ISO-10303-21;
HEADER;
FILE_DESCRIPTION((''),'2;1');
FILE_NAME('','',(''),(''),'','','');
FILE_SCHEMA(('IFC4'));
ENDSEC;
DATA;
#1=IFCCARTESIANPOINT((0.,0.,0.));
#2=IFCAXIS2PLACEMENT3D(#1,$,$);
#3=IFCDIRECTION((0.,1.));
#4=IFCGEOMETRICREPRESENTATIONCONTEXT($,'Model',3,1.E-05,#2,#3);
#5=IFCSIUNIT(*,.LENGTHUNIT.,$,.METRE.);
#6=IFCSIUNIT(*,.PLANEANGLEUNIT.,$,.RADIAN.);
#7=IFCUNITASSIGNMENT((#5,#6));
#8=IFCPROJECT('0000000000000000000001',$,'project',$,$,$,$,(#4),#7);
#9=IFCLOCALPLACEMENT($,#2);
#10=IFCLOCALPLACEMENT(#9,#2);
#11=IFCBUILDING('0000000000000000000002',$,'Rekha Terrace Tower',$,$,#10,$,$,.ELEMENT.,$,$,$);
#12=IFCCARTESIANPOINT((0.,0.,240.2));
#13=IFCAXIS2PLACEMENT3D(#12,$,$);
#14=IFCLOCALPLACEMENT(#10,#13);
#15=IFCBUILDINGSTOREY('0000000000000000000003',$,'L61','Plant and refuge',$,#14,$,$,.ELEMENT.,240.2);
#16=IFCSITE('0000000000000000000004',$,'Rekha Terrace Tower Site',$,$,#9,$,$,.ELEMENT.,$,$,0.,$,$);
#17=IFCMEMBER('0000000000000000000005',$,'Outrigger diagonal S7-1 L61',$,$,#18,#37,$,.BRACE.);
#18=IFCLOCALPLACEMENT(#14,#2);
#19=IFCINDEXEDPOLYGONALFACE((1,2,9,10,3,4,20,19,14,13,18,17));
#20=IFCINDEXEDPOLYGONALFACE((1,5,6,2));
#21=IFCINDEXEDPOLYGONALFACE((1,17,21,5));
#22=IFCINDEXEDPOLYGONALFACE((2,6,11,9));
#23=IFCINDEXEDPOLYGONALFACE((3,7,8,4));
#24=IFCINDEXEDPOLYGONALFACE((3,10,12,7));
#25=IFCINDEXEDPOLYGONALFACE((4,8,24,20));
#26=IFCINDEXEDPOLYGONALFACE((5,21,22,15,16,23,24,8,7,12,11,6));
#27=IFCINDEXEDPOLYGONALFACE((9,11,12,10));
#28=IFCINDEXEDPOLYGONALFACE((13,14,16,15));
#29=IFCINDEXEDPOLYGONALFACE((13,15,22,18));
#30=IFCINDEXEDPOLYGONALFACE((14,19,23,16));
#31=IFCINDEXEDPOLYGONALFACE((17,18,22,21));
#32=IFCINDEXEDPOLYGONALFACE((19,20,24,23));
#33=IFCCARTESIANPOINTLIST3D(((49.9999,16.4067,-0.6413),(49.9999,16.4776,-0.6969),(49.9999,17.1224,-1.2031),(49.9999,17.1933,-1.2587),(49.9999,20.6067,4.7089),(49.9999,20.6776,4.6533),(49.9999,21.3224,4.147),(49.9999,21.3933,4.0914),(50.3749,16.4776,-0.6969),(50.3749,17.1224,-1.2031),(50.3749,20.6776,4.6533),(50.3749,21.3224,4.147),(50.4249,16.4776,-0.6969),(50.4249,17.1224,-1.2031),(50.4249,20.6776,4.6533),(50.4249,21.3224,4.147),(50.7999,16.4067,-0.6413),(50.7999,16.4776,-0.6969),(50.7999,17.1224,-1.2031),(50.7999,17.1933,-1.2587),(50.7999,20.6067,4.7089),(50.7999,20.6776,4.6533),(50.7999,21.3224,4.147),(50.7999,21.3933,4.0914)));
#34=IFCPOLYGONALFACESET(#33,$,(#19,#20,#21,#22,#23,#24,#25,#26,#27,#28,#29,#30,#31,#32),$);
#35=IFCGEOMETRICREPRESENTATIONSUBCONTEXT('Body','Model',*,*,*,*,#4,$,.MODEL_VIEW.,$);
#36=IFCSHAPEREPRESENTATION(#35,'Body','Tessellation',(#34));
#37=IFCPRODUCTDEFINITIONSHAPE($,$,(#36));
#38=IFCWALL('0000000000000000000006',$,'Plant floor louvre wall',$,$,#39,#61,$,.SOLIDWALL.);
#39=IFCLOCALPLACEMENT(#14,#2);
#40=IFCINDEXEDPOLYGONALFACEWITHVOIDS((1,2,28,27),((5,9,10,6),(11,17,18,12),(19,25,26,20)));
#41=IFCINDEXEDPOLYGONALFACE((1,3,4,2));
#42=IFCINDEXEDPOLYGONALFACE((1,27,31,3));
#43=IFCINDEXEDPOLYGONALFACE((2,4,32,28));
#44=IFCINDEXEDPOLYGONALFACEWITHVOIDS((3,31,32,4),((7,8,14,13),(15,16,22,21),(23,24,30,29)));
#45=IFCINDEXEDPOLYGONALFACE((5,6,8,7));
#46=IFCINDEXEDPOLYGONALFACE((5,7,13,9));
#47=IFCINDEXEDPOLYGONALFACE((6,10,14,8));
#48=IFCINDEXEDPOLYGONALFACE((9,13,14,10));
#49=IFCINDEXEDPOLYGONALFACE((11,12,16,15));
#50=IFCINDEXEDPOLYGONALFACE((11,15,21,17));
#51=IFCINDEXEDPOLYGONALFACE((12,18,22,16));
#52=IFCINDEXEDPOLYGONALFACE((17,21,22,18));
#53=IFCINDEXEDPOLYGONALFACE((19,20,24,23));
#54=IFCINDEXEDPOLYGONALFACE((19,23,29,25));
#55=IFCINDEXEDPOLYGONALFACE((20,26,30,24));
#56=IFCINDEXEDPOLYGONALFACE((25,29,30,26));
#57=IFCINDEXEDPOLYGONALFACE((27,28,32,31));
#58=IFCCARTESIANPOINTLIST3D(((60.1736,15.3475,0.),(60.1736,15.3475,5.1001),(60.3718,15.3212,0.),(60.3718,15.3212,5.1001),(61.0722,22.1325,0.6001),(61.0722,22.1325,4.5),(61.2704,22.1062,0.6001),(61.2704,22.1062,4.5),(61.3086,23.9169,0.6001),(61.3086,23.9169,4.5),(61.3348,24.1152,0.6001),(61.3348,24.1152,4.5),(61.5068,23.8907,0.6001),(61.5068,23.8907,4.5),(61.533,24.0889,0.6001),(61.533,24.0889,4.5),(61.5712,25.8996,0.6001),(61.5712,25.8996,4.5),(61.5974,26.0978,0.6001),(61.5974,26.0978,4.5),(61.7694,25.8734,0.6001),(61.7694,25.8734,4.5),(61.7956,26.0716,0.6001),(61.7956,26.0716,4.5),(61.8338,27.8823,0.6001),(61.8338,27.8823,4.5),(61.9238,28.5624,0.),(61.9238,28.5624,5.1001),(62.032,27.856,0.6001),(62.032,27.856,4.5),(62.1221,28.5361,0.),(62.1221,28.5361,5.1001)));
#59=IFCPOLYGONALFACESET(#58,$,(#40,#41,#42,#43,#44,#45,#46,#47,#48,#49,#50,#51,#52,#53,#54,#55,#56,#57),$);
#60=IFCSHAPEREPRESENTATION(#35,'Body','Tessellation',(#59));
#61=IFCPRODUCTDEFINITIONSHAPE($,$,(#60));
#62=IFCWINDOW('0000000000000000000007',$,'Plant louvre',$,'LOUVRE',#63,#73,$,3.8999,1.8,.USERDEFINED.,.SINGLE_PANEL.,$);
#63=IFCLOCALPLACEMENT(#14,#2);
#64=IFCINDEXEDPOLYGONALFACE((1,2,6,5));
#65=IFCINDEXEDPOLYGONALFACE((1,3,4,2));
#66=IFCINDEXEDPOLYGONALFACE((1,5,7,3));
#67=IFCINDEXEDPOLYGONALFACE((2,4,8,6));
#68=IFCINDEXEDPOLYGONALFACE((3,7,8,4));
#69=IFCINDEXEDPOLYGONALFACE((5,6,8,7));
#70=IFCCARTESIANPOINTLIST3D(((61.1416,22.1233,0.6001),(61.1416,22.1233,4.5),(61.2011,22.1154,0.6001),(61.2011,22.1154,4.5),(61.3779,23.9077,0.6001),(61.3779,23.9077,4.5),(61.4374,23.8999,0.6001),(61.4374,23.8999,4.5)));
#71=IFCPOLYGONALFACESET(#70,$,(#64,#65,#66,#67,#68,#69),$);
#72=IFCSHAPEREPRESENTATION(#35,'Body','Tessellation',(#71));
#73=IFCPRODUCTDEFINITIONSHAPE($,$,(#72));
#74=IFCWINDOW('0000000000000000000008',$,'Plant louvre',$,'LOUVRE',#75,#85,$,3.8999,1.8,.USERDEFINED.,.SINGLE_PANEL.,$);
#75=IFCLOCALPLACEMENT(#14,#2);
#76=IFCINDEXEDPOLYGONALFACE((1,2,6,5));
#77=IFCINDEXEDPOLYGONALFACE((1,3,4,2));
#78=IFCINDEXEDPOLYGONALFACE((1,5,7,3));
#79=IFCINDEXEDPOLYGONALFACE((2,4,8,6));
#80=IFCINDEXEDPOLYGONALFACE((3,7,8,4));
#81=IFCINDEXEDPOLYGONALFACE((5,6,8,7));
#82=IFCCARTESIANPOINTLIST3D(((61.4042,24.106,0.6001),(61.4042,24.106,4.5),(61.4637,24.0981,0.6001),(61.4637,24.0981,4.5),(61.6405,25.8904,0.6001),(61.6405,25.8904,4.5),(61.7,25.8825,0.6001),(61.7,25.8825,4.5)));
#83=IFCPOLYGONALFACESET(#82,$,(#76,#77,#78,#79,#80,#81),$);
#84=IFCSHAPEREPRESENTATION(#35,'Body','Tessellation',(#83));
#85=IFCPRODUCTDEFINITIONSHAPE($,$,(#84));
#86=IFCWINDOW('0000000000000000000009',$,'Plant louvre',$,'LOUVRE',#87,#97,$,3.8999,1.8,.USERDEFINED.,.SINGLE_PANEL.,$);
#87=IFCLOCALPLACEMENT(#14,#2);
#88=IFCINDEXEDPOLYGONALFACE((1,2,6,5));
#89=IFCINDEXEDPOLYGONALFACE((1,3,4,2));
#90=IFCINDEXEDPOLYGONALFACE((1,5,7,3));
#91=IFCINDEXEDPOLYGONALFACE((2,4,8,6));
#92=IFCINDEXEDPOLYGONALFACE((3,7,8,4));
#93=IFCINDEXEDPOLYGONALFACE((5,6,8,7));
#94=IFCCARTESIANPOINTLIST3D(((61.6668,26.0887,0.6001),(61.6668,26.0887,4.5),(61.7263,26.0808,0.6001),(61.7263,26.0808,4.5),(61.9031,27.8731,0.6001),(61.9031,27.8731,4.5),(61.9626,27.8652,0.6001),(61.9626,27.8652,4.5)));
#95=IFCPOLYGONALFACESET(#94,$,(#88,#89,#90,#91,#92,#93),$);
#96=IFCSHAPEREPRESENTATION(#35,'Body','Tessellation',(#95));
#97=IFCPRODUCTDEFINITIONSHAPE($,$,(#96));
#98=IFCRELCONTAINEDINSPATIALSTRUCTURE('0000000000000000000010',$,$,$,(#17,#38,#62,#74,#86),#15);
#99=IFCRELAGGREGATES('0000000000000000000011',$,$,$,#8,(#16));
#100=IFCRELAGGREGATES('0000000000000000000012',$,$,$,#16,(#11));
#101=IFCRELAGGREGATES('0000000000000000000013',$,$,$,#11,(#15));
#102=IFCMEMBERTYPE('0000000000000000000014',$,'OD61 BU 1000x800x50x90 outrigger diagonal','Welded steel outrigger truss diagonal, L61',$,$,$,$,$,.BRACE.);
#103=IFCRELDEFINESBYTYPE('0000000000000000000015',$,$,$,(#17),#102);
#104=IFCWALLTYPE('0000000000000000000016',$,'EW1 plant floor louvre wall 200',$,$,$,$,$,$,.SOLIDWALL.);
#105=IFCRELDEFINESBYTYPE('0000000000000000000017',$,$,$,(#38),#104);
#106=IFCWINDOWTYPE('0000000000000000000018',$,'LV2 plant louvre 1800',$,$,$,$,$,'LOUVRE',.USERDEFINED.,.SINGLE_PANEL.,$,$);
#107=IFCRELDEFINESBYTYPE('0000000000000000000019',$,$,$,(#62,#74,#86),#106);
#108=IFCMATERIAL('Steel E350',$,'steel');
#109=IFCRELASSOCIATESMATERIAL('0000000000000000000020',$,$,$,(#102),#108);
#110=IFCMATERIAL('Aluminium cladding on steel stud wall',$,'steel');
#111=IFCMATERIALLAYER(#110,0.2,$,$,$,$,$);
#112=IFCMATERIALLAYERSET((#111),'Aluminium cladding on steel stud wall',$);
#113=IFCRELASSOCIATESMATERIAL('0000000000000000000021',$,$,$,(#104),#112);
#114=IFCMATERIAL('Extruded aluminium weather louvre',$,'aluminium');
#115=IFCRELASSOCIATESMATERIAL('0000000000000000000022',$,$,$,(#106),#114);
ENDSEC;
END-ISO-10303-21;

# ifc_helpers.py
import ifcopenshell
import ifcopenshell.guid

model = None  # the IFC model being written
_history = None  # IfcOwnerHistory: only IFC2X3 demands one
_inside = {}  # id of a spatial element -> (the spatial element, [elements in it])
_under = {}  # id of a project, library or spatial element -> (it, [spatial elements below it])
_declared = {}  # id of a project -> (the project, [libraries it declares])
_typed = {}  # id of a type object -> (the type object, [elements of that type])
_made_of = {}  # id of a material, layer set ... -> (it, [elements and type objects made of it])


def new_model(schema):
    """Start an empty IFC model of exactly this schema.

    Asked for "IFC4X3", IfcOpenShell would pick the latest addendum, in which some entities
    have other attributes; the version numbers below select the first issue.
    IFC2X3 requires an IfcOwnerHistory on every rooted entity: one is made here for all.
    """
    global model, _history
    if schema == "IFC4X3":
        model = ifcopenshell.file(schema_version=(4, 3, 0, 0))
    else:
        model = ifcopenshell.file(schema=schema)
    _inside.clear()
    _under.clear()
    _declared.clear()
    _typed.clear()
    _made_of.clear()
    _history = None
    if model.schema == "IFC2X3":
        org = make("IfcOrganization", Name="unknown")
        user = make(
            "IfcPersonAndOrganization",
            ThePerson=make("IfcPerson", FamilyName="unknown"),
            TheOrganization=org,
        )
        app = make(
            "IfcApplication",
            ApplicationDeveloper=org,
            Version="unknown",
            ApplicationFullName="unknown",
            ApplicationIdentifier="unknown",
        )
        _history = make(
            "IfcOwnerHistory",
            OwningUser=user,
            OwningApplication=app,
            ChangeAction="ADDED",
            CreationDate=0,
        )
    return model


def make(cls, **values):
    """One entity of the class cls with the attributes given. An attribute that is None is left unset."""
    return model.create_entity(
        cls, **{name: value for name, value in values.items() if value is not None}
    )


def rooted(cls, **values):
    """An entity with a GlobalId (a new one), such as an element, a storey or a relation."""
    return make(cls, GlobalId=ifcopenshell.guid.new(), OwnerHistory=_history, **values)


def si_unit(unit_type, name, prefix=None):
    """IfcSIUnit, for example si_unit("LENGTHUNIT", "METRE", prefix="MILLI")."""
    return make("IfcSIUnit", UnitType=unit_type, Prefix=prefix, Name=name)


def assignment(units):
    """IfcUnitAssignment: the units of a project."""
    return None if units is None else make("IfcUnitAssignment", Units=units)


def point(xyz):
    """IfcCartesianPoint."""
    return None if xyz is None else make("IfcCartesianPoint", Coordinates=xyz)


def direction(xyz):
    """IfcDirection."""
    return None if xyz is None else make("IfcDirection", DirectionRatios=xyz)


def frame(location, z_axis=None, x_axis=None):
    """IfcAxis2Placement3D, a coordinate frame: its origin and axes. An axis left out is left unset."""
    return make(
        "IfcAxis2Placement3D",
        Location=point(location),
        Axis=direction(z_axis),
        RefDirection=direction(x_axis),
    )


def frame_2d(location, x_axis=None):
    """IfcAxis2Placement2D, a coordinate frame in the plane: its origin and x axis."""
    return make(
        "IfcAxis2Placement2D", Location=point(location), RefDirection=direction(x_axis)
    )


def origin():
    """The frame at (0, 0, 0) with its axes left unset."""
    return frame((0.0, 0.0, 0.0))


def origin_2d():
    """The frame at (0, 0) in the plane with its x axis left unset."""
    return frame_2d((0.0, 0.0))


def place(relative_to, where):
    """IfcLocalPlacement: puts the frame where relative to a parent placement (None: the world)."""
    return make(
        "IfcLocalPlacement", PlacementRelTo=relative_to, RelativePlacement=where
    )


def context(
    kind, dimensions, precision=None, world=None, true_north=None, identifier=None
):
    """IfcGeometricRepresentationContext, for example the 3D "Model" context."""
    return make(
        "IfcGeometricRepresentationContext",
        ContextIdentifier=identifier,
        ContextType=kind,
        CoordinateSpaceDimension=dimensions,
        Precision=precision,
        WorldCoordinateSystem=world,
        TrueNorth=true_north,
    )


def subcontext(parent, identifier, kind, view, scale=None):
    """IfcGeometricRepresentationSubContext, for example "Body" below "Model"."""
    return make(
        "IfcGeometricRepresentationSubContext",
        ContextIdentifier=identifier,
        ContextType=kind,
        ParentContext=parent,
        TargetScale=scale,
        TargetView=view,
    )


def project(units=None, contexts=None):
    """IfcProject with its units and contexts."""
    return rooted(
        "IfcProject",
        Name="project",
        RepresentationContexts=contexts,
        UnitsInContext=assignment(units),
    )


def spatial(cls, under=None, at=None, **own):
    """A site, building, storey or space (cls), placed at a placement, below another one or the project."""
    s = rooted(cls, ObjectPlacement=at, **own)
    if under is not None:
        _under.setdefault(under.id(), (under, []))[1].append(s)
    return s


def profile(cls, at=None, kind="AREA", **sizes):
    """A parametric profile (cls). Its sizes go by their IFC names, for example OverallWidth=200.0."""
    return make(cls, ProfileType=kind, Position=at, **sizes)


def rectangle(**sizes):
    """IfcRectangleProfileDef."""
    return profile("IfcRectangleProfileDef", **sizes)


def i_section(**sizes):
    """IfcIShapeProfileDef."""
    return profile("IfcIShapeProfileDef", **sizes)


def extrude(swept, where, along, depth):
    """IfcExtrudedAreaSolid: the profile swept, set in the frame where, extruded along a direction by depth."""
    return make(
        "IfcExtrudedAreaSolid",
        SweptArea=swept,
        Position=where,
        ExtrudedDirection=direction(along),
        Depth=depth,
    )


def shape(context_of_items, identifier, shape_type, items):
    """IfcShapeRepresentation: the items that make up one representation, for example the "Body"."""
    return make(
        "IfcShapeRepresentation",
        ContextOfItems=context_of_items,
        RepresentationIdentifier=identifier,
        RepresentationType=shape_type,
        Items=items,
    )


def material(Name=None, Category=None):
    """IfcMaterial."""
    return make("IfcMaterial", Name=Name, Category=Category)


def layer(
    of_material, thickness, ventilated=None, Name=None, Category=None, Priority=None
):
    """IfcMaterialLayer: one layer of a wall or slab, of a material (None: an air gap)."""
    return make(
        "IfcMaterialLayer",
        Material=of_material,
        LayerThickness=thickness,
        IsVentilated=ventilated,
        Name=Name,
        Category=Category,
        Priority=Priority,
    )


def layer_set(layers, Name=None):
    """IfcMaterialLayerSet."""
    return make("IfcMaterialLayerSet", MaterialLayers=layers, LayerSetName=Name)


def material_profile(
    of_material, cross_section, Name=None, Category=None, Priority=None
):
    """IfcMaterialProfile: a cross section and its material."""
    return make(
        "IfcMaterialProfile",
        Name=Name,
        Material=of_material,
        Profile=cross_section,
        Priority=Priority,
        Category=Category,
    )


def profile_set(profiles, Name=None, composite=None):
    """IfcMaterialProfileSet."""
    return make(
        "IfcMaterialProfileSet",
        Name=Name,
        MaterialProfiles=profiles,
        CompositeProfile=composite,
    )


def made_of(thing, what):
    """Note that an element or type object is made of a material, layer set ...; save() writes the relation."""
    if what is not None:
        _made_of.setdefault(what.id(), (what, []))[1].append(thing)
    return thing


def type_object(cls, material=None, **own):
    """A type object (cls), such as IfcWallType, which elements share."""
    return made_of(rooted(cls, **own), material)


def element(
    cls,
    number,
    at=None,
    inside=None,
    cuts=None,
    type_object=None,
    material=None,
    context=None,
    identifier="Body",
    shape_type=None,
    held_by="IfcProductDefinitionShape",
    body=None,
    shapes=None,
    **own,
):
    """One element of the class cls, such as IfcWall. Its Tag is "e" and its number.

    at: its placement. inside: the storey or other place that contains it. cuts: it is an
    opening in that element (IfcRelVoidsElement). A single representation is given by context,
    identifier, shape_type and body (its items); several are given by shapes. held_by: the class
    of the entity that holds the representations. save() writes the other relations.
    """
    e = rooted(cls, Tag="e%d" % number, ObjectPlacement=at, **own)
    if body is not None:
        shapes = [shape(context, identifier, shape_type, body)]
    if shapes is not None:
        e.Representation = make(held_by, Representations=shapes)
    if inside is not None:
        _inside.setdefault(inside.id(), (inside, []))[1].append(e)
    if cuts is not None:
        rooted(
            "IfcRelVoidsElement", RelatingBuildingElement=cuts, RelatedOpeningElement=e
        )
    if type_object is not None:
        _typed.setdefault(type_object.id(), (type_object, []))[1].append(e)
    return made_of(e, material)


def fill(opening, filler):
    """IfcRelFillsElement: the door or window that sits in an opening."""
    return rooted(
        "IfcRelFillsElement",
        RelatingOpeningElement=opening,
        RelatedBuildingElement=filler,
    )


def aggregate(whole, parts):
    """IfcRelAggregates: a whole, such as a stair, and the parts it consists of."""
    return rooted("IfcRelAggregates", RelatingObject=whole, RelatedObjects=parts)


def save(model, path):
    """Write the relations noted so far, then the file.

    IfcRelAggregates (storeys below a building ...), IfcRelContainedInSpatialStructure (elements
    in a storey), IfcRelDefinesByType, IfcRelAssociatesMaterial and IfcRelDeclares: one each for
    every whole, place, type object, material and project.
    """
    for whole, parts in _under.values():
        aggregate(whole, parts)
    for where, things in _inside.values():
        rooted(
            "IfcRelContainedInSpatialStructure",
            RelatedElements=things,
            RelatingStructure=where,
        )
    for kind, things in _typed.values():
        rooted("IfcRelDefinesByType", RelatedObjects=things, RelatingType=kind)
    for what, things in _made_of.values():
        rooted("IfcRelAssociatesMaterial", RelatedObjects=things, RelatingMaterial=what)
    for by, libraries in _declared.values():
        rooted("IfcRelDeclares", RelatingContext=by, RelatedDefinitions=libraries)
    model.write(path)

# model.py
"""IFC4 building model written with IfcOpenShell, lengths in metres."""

from ifc_helpers import new_model, si_unit, direction, frame, frame_2d, origin, origin_2d, place, context, subcontext, project, spatial, rectangle, i_section, extrude, material, layer, layer_set, material_profile, profile_set, type_object, element, fill, save


model = new_model("IFC4")

# Units and contexts
model_context = context("Model", 3, precision=1e-05, world=origin(), true_north=direction((0.0, 1.0)))
body_context = subcontext(model_context, "Body", "Model", "MODEL_VIEW")
ifc_project = project(units=[si_unit("LENGTHUNIT", "METRE"), si_unit("PLANEANGLEUNIT", "RADIAN")], contexts=[model_context])

# Site, building, storey
site_placement = place(None, origin())
site = spatial("IfcSite", under=ifc_project, at=site_placement, Name="Rekha Terrace Tower Site", CompositionType="ELEMENT", RefElevation=0.0)
building_placement = place(site_placement, origin())
building = spatial("IfcBuilding", under=site, at=building_placement, Name="Rekha Terrace Tower", CompositionType="ELEMENT")
storey_placement = place(building_placement, frame((0.0, 0.0, 240.2)))
storey = spatial("IfcBuildingStorey", under=building, at=storey_placement, Name="L61", Description="Plant and refuge", CompositionType="ELEMENT", Elevation=240.2)

# Member
ifc_material_1 = material(Name="Steel E350", Category="steel")
ifc_material_profile_1 = material_profile(ifc_material_1, i_section(OverallWidth=0.8, OverallDepth=1.0, WebThickness=0.05, FlangeThickness=0.0901, at=origin_2d()), Name="BU 1000x800x50x90")
ifc_profile_set_1 = profile_set([ifc_material_profile_1], Name="Steel E350")
member_type_1 = type_object("IfcMemberType", Name="OD61 BU 1000x800x50x90 outrigger diagonal", Description="Welded steel outrigger truss diagonal, L61", PredefinedType="BRACE", material=ifc_profile_set_1)
member_placement = place(storey_placement, frame((50.3999, 21.0, 4.4001), z_axis=(0.0, -0.617485, -0.786582), x_axis=(1.0, 0.0, 0.0)))
element("IfcMember", 1, at=member_placement, inside=storey, type_object=member_type_1, Name="Outrigger diagonal S7-1 L61", PredefinedType="BRACE", context=body_context, shape_type="SweptSolid", body=[
    extrude(i_section(OverallWidth=0.8, OverallDepth=1.0, WebThickness=0.05, FlangeThickness=0.0901, at=origin_2d()), origin(), (0.0, 0.0, 1.0), 6.8018),
])

# Wall, openings, windows
ifc_material_2 = material(Name="Aluminium cladding on steel stud wall", Category="steel")
ifc_layer_1 = layer(ifc_material_2, 0.2)
ifc_layer_set_1 = layer_set([ifc_layer_1], Name="Aluminium cladding on steel stud wall")
wall_type_1 = type_object("IfcWallType", Name="EW1 plant floor louvre wall 200", PredefinedType="SOLIDWALL", material=ifc_layer_set_1)
wall_1_placement = place(storey_placement, frame((60.2727, 15.3345, 0.0), z_axis=(0.0, 0.0, 1.0), x_axis=(0.131299, 0.991343, 0.0)))
wall_1 = element("IfcWall", 2, at=wall_1_placement, inside=storey, type_object=wall_type_1, Name="Plant floor louvre wall", PredefinedType="SOLIDWALL", context=body_context, shape_type="SweptSolid", body=[
    extrude(rectangle(XDim=13.3303, YDim=0.2, at=frame_2d((6.665, 0.0))), origin(), (0.0, 0.0, 1.0), 5.1001),
])
opening_1_placement = place(wall_1_placement, frame((6.8442, 0.0, 0.6001)))
opening_1 = element("IfcOpeningElement", 3, at=opening_1_placement, cuts=wall_1, PredefinedType="OPENING", context=body_context, shape_type="SweptSolid", body=[
    extrude(rectangle(XDim=1.8, YDim=3.8999, at=frame_2d((0.8999, 1.95))), frame((0.0, 0.1099, 0.0), z_axis=(0.0, -1.0, 0.0), x_axis=(1.0, 0.0, 0.0)), (0.0, 0.0, 1.0), 0.22),
])
opening_2_placement = place(wall_1_placement, frame((8.8442, 0.0, 0.6001)))
opening_2 = element("IfcOpeningElement", 4, at=opening_2_placement, cuts=wall_1, PredefinedType="OPENING", context=body_context, shape_type="SweptSolid", body=[
    extrude(rectangle(XDim=1.8, YDim=3.8999, at=frame_2d((0.8999, 1.95))), frame((0.0, 0.1099, 0.0), z_axis=(0.0, -1.0, 0.0), x_axis=(1.0, 0.0, 0.0)), (0.0, 0.0, 1.0), 0.22),
])
opening_3_placement = place(wall_1_placement, frame((10.8442, 0.0, 0.6001)))
opening_3 = element("IfcOpeningElement", 5, at=opening_3_placement, cuts=wall_1, PredefinedType="OPENING", context=body_context, shape_type="SweptSolid", body=[
    extrude(rectangle(XDim=1.8, YDim=3.8999, at=frame_2d((0.8999, 1.95))), frame((0.0, 0.1099, 0.0), z_axis=(0.0, -1.0, 0.0), x_axis=(1.0, 0.0, 0.0)), (0.0, 0.0, 1.0), 0.22),
])
ifc_material_3 = material(Name="Extruded aluminium weather louvre", Category="aluminium")
window_type = type_object("IfcWindowType", Name="LV2 plant louvre 1800", ElementType="LOUVRE", PartitioningType="SINGLE_PANEL", PredefinedType="USERDEFINED", material=ifc_material_3)
window_1_placement = place(opening_1_placement, origin())
window_1 = element("IfcWindow", 6, at=window_1_placement, inside=storey, type_object=window_type, Name="Plant louvre", ObjectType="LOUVRE", OverallHeight=3.8999, OverallWidth=1.8, PartitioningType="SINGLE_PANEL", PredefinedType="USERDEFINED", context=body_context, shape_type="SweptSolid", body=[
    extrude(rectangle(XDim=1.8, YDim=3.8999, at=frame_2d((0.8999, 1.95))), frame((0.0, 0.03, 0.0), z_axis=(0.0, -1.0, 0.0), x_axis=(1.0, 0.0, 0.0)), (0.0, 0.0, 1.0), 0.0601),
])
fill(opening_1, window_1)
window_2_placement = place(opening_2_placement, origin())
window_2 = element("IfcWindow", 7, at=window_2_placement, inside=storey, type_object=window_type, Name="Plant louvre", ObjectType="LOUVRE", OverallHeight=3.8999, OverallWidth=1.8, PartitioningType="SINGLE_PANEL", PredefinedType="USERDEFINED", context=body_context, shape_type="SweptSolid", body=[
    extrude(rectangle(XDim=1.8, YDim=3.8999, at=frame_2d((0.8999, 1.95))), frame((0.0, 0.03, 0.0), z_axis=(0.0, -1.0, 0.0), x_axis=(1.0, 0.0, 0.0)), (0.0, 0.0, 1.0), 0.0601),
])
fill(opening_2, window_2)
window_3_placement = place(opening_3_placement, origin())
window_3 = element("IfcWindow", 8, at=window_3_placement, inside=storey, type_object=window_type, Name="Plant louvre", ObjectType="LOUVRE", OverallHeight=3.8999, OverallWidth=1.8, PartitioningType="SINGLE_PANEL", PredefinedType="USERDEFINED", context=body_context, shape_type="SweptSolid", body=[
    extrude(rectangle(XDim=1.8, YDim=3.8999, at=frame_2d((0.8999, 1.95))), frame((0.0, 0.03, 0.0), z_axis=(0.0, -1.0, 0.0), x_axis=(1.0, 0.0, 0.0)), (0.0, 0.0, 1.0), 0.0601),
])
fill(opening_3, window_3)

save(model, "model.ifc")
